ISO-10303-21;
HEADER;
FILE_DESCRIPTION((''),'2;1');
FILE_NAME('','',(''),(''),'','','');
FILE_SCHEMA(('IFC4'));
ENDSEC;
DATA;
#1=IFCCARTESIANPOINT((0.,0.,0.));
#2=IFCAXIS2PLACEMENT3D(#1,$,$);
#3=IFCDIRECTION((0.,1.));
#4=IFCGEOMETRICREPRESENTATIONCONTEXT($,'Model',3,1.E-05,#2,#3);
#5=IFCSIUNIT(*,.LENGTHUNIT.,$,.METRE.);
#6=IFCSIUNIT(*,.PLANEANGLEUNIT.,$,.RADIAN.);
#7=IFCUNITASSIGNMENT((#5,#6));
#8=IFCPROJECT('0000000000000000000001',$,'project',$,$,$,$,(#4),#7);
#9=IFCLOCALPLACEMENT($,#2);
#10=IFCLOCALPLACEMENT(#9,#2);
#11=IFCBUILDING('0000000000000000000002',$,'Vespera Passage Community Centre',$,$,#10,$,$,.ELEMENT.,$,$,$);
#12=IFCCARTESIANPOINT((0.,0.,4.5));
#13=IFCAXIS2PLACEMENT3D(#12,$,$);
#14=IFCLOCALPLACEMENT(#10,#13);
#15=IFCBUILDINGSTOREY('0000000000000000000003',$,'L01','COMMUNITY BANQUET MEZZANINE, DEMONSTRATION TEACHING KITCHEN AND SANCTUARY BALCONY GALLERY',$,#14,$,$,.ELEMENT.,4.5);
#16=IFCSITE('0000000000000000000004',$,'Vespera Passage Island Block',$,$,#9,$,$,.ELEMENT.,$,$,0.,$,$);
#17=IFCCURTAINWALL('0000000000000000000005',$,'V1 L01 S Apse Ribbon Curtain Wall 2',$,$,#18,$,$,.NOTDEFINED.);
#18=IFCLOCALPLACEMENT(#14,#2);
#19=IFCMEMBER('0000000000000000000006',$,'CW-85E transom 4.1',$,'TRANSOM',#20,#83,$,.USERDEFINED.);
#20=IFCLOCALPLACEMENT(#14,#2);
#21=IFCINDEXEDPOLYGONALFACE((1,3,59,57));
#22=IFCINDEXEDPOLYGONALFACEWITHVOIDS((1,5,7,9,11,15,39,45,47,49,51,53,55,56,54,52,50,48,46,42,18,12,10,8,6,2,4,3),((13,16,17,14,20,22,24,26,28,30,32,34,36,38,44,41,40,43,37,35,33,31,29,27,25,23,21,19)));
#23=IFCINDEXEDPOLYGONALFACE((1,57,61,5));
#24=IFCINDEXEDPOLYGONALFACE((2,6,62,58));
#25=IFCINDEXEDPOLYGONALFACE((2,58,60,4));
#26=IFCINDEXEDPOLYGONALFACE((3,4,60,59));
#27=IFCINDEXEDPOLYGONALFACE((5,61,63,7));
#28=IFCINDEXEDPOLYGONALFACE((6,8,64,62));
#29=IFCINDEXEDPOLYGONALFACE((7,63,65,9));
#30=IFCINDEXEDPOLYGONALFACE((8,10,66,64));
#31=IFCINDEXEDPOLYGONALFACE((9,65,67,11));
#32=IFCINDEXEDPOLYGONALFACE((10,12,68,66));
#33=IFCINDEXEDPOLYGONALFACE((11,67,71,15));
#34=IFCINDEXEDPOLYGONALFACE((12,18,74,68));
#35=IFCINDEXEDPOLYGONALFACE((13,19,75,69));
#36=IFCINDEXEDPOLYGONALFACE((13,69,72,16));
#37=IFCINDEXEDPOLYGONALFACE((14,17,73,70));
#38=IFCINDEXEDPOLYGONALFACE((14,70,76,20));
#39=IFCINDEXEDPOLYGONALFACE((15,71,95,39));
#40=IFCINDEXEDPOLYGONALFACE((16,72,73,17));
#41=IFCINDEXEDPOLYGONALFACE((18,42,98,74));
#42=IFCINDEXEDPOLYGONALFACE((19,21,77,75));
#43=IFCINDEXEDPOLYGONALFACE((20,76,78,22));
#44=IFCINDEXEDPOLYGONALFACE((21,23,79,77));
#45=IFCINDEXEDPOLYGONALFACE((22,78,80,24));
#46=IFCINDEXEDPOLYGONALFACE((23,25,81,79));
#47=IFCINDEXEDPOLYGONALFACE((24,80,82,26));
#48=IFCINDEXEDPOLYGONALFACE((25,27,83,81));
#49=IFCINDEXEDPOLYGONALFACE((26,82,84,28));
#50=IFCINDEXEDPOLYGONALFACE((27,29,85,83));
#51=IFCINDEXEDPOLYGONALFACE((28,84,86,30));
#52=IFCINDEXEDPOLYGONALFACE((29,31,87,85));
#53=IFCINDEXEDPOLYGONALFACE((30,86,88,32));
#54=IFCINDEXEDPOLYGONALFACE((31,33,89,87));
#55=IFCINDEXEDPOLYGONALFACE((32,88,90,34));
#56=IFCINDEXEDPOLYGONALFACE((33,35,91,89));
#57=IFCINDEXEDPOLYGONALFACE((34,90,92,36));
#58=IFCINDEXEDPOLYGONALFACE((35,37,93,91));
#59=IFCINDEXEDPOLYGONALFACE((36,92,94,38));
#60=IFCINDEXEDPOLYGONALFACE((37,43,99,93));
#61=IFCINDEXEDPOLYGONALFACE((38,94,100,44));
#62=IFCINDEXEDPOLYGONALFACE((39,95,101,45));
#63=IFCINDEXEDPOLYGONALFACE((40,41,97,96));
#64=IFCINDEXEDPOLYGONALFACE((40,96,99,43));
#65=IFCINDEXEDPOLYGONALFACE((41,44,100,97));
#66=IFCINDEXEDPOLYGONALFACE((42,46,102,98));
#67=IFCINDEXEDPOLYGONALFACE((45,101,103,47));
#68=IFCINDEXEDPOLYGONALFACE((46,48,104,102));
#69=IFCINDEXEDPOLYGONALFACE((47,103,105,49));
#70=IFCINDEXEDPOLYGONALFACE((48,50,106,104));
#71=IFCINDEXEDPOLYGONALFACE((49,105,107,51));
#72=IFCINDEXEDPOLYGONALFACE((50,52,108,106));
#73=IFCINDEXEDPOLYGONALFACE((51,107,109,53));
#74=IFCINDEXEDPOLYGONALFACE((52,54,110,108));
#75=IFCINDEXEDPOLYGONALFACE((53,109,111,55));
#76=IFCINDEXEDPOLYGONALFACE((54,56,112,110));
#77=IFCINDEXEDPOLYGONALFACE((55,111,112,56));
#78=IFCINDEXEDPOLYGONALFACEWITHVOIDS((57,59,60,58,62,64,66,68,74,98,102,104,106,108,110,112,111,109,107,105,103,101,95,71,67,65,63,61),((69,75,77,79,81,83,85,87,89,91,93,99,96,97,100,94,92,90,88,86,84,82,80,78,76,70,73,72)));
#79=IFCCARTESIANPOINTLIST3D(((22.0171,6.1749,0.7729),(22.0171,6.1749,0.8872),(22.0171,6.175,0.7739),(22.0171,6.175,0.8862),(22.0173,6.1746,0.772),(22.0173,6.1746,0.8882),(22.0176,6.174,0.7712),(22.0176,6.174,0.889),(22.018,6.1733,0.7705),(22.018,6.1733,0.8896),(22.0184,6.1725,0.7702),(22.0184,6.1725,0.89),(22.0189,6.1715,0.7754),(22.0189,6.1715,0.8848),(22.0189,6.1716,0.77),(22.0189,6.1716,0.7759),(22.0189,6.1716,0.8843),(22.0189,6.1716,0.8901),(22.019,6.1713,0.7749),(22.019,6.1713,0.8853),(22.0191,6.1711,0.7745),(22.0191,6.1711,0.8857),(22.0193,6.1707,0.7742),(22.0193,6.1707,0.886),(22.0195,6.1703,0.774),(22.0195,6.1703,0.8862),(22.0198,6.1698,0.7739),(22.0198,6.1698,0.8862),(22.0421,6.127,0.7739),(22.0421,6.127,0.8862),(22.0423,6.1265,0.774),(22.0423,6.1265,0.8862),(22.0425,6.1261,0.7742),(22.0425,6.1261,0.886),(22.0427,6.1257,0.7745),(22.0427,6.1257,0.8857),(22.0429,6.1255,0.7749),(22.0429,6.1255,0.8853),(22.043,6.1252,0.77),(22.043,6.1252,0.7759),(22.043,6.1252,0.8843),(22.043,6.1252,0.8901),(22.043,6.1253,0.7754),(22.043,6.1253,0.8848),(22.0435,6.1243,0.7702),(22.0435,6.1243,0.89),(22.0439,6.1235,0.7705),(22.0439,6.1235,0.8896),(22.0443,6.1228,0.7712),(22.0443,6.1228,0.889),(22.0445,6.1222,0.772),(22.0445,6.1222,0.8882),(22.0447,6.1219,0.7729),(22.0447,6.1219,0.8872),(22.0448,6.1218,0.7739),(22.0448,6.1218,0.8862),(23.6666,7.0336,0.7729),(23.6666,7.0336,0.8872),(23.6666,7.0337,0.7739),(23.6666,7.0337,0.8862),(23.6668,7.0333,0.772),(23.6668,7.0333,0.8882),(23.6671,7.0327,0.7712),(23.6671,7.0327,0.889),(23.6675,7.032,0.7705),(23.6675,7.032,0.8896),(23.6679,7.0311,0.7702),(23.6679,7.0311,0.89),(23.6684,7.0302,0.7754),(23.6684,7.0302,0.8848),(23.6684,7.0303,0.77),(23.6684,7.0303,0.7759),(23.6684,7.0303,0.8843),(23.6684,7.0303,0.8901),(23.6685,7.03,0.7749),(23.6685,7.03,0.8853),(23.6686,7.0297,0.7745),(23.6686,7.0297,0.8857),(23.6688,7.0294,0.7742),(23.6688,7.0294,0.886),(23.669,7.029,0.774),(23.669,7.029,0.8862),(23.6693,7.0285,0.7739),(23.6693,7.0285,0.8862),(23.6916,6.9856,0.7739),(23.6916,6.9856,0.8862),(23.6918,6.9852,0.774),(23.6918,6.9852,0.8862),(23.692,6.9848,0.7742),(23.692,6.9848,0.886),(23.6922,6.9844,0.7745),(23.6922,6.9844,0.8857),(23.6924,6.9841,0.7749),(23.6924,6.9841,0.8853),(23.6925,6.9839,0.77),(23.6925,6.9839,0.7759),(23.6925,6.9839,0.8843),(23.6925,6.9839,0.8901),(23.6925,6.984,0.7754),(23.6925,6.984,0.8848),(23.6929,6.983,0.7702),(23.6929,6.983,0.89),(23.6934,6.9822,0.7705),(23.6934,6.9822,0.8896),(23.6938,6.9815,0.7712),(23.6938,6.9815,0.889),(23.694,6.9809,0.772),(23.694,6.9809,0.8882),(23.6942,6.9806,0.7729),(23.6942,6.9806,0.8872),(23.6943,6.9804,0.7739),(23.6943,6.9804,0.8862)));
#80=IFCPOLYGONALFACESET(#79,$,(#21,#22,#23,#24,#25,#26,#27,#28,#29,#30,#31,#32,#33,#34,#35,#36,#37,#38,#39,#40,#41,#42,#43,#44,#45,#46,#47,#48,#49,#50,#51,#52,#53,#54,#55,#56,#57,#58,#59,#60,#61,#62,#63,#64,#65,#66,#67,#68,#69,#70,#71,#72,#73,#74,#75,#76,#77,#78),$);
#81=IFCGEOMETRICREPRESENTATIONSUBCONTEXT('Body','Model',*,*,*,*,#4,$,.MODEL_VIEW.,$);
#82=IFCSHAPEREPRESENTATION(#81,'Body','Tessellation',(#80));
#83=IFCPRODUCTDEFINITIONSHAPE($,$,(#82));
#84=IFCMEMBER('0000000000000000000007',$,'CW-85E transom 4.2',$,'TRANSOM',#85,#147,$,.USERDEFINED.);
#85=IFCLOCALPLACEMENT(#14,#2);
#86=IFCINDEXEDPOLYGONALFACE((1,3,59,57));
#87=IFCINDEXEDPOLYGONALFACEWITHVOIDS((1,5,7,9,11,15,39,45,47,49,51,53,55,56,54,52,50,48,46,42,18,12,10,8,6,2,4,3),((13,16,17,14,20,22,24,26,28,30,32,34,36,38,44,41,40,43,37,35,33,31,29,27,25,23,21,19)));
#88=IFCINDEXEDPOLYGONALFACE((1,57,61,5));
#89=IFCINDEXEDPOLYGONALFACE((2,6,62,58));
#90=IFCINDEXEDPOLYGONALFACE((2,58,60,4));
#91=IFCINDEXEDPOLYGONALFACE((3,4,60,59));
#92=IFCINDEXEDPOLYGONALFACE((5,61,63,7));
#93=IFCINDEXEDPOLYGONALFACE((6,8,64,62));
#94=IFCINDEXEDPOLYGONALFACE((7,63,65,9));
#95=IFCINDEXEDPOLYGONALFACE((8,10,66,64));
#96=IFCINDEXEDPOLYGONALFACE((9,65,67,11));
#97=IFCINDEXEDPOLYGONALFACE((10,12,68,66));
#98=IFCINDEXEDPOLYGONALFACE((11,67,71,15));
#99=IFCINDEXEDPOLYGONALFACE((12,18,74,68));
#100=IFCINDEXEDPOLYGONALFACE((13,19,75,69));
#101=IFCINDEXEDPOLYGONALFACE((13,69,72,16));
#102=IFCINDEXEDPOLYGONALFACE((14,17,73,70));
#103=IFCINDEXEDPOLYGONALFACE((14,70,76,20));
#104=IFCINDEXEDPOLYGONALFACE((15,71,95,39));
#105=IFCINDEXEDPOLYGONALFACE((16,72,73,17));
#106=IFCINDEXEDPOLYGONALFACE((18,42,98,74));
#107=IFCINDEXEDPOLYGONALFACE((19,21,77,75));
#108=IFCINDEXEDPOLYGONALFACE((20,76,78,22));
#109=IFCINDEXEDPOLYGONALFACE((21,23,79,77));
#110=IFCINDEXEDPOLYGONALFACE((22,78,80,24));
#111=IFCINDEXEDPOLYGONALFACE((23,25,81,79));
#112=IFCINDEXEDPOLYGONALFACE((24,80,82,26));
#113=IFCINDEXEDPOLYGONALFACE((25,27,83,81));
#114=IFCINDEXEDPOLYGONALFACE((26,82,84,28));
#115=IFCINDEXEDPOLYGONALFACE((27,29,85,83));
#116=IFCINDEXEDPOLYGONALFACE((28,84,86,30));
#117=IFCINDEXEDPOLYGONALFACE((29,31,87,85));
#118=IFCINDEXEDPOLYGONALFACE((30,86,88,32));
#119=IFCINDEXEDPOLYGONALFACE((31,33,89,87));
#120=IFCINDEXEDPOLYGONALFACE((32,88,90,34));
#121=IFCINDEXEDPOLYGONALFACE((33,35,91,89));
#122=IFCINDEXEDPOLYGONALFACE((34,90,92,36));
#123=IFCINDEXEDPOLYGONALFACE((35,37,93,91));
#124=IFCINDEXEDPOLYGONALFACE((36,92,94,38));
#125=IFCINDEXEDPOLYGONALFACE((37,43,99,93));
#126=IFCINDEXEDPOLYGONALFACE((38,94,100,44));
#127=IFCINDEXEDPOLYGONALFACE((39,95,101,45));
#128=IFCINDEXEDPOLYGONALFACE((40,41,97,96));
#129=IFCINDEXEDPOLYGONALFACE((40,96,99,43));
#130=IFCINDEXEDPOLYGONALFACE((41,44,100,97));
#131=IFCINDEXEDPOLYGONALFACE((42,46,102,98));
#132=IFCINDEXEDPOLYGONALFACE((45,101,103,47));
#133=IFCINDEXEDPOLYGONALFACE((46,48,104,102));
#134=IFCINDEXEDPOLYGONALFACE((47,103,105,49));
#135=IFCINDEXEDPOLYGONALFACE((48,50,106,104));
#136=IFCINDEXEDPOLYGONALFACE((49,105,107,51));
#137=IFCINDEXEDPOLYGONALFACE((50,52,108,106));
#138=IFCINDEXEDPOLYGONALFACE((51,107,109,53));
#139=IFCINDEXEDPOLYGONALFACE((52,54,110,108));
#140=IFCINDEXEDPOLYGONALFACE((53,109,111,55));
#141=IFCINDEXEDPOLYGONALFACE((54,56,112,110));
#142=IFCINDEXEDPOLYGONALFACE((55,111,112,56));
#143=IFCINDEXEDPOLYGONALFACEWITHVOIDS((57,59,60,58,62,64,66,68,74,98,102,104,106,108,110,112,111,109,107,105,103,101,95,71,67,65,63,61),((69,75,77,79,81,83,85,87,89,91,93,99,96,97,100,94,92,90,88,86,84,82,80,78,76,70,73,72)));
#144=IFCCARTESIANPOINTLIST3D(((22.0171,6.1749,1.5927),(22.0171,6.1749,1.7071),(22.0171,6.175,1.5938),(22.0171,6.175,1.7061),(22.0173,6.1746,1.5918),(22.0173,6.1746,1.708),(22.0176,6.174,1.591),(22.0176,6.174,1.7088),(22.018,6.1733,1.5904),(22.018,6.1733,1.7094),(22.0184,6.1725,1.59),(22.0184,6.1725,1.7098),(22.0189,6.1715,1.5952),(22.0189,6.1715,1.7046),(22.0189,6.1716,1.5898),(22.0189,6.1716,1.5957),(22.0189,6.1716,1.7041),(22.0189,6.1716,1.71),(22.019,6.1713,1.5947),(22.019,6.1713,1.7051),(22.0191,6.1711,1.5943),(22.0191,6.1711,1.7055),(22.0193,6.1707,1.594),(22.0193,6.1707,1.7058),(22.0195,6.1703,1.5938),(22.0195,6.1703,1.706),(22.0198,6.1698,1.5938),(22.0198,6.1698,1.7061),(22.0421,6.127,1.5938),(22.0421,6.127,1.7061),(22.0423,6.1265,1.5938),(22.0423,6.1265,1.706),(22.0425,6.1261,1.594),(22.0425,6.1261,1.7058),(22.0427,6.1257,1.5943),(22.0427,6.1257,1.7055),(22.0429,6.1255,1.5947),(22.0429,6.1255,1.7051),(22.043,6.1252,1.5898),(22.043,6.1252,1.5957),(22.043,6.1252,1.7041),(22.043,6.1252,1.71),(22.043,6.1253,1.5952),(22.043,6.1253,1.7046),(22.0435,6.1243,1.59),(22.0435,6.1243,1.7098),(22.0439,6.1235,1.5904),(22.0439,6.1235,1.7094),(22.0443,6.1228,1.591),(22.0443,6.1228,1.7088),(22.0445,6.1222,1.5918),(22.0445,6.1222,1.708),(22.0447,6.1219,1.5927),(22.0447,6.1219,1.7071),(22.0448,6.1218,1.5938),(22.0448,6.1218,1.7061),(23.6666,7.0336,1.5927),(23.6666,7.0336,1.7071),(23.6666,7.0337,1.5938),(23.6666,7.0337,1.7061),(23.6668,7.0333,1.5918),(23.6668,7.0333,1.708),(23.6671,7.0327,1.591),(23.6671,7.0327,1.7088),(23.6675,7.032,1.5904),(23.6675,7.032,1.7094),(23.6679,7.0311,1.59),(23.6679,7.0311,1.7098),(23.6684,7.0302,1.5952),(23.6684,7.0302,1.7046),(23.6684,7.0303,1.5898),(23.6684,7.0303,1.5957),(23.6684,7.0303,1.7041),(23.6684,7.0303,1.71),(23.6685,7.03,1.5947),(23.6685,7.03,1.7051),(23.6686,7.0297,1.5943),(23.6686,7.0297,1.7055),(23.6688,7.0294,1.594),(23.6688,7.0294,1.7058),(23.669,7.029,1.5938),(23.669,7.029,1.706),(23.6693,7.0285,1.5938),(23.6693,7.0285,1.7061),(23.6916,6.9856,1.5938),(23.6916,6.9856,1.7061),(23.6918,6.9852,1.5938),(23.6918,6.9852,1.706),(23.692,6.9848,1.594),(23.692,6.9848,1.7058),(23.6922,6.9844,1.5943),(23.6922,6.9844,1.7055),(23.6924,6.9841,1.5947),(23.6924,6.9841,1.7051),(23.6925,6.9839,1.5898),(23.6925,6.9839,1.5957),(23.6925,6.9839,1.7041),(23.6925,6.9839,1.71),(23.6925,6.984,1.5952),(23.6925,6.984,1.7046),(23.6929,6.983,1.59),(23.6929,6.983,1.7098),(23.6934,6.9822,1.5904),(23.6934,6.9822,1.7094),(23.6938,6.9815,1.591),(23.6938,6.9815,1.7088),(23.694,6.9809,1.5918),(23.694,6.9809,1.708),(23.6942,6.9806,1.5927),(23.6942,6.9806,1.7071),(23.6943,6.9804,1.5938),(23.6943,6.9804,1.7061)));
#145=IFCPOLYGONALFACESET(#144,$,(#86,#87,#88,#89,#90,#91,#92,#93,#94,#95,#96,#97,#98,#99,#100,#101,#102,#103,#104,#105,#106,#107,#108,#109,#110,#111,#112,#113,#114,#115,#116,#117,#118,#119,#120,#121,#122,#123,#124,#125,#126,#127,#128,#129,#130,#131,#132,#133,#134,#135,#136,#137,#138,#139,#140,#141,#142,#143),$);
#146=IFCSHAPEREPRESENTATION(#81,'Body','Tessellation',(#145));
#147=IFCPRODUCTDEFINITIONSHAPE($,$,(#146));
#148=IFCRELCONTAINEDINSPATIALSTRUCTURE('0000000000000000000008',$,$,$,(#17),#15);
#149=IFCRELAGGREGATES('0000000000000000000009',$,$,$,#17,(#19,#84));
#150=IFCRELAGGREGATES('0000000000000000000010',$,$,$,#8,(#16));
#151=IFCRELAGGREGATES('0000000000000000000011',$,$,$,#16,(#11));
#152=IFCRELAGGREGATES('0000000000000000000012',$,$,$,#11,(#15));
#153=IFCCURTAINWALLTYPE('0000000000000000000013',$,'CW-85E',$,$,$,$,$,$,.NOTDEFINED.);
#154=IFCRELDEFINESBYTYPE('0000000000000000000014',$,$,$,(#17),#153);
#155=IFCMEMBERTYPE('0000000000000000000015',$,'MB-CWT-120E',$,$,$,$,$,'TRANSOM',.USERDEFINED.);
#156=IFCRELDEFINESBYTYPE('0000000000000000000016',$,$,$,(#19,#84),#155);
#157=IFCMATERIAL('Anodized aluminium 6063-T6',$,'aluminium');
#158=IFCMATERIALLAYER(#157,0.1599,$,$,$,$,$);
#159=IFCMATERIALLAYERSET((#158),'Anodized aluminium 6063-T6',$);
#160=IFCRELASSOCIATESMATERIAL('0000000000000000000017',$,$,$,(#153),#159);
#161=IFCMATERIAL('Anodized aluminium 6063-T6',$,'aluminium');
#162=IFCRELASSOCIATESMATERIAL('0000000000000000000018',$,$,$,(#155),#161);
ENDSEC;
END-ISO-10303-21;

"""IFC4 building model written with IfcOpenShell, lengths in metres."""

from ifc_helpers import new_model, si_unit, direction, frame, origin, origin_2d, place, context, subcontext, project, spatial, hollow_rectangle, extrude, material, layer, layer_set, material_profile, profile_set, type_object, element, aggregate, save


model = new_model("IFC4")

# Units and contexts
model_context = context("Model", 3, precision=1e-05, world=origin(), true_north=direction((0.0, 1.0)))
body_context = subcontext(model_context, "Body", "Model", "MODEL_VIEW")
ifc_project = project(units=[si_unit("LENGTHUNIT", "METRE"), si_unit("PLANEANGLEUNIT", "RADIAN")], contexts=[model_context])

# Site, building, storey
site_placement = place(None, origin())
site = spatial("IfcSite", under=ifc_project, at=site_placement, Name="Vespera Passage Island Block", CompositionType="ELEMENT", RefElevation=0.0)
building_placement = place(site_placement, origin())
building = spatial("IfcBuilding", under=site, at=building_placement, Name="Vespera Passage Community Centre", CompositionType="ELEMENT")
storey_placement = place(building_placement, frame((0.0, 0.0, 4.5)))
storey = spatial("IfcBuildingStorey", under=building, at=storey_placement, Name="L01", Description="COMMUNITY BANQUET MEZZANINE, DEMONSTRATION TEACHING KITCHEN AND SANCTUARY BALCONY GALLERY", CompositionType="ELEMENT", Elevation=4.5)

# Curtain wall, members
ifc_material_1 = material(Name="Anodized aluminium 6063-T6", Category="aluminium")
ifc_layer_1 = layer(ifc_material_1, 0.1599)
ifc_layer_set_1 = layer_set([ifc_layer_1], Name="Anodized aluminium 6063-T6")
curtain_wall_type = type_object("IfcCurtainWallType", Name="CW-85E", PredefinedType="NOTDEFINED", material=ifc_layer_set_1)
curtain_wall_placement = place(storey_placement, origin())
curtain_wall = element("IfcCurtainWall", 1, at=curtain_wall_placement, inside=storey, type_object=curtain_wall_type, Name="V1 L01 S Apse Ribbon Curtain Wall 2", PredefinedType="NOTDEFINED")
ifc_material_2 = material(Name="Anodized aluminium 6063-T6", Category="aluminium")
ifc_material_profile_1 = material_profile(ifc_material_2, hollow_rectangle(XDim=0.0601, YDim=0.1201, WallThickness=0.0039, InnerFilletRadius=0.002, OuterFilletRadius=0.0039, at=origin_2d()), Name="ALU120X60X4")
ifc_profile_set_1 = profile_set([ifc_material_profile_1], Name="Anodized aluminium 6063-T6")
member_type_1 = type_object("IfcMemberType", Name="MB-CWT-120E", ElementType="TRANSOM", PredefinedType="USERDEFINED", material=ifc_profile_set_1)
member_1_placement = place(storey_placement, frame((23.6804, 7.0071, 0.8301), z_axis=(-0.887008, -0.461754, 0.0), x_axis=(0.461754, -0.887008, 0.0)))
member_1 = element("IfcMember", 2, at=member_1_placement, type_object=member_type_1, Name="CW-85E transom 4.1", ObjectType="TRANSOM", PredefinedType="USERDEFINED", context=body_context, shape_type="SweptSolid", body=[
    extrude(hollow_rectangle(XDim=0.0601, YDim=0.1201, WallThickness=0.0039, InnerFilletRadius=0.002, OuterFilletRadius=0.0039, at=origin_2d()), origin(), (0.0, 0.0, 1.0), 1.8596),
])
member_2_placement = place(storey_placement, frame((23.6804, 7.0071, 1.6499), z_axis=(-0.887008, -0.461754, 0.0), x_axis=(0.461754, -0.887008, 0.0)))
member_2 = element("IfcMember", 3, at=member_2_placement, type_object=member_type_1, Name="CW-85E transom 4.2", ObjectType="TRANSOM", PredefinedType="USERDEFINED", context=body_context, shape_type="SweptSolid", body=[
    extrude(hollow_rectangle(XDim=0.0601, YDim=0.1201, WallThickness=0.0039, InnerFilletRadius=0.002, OuterFilletRadius=0.0039, at=origin_2d()), origin(), (0.0, 0.0, 1.0), 1.8596),
])
aggregate(curtain_wall, [member_1, member_2])

save(model, "model.ifc")
